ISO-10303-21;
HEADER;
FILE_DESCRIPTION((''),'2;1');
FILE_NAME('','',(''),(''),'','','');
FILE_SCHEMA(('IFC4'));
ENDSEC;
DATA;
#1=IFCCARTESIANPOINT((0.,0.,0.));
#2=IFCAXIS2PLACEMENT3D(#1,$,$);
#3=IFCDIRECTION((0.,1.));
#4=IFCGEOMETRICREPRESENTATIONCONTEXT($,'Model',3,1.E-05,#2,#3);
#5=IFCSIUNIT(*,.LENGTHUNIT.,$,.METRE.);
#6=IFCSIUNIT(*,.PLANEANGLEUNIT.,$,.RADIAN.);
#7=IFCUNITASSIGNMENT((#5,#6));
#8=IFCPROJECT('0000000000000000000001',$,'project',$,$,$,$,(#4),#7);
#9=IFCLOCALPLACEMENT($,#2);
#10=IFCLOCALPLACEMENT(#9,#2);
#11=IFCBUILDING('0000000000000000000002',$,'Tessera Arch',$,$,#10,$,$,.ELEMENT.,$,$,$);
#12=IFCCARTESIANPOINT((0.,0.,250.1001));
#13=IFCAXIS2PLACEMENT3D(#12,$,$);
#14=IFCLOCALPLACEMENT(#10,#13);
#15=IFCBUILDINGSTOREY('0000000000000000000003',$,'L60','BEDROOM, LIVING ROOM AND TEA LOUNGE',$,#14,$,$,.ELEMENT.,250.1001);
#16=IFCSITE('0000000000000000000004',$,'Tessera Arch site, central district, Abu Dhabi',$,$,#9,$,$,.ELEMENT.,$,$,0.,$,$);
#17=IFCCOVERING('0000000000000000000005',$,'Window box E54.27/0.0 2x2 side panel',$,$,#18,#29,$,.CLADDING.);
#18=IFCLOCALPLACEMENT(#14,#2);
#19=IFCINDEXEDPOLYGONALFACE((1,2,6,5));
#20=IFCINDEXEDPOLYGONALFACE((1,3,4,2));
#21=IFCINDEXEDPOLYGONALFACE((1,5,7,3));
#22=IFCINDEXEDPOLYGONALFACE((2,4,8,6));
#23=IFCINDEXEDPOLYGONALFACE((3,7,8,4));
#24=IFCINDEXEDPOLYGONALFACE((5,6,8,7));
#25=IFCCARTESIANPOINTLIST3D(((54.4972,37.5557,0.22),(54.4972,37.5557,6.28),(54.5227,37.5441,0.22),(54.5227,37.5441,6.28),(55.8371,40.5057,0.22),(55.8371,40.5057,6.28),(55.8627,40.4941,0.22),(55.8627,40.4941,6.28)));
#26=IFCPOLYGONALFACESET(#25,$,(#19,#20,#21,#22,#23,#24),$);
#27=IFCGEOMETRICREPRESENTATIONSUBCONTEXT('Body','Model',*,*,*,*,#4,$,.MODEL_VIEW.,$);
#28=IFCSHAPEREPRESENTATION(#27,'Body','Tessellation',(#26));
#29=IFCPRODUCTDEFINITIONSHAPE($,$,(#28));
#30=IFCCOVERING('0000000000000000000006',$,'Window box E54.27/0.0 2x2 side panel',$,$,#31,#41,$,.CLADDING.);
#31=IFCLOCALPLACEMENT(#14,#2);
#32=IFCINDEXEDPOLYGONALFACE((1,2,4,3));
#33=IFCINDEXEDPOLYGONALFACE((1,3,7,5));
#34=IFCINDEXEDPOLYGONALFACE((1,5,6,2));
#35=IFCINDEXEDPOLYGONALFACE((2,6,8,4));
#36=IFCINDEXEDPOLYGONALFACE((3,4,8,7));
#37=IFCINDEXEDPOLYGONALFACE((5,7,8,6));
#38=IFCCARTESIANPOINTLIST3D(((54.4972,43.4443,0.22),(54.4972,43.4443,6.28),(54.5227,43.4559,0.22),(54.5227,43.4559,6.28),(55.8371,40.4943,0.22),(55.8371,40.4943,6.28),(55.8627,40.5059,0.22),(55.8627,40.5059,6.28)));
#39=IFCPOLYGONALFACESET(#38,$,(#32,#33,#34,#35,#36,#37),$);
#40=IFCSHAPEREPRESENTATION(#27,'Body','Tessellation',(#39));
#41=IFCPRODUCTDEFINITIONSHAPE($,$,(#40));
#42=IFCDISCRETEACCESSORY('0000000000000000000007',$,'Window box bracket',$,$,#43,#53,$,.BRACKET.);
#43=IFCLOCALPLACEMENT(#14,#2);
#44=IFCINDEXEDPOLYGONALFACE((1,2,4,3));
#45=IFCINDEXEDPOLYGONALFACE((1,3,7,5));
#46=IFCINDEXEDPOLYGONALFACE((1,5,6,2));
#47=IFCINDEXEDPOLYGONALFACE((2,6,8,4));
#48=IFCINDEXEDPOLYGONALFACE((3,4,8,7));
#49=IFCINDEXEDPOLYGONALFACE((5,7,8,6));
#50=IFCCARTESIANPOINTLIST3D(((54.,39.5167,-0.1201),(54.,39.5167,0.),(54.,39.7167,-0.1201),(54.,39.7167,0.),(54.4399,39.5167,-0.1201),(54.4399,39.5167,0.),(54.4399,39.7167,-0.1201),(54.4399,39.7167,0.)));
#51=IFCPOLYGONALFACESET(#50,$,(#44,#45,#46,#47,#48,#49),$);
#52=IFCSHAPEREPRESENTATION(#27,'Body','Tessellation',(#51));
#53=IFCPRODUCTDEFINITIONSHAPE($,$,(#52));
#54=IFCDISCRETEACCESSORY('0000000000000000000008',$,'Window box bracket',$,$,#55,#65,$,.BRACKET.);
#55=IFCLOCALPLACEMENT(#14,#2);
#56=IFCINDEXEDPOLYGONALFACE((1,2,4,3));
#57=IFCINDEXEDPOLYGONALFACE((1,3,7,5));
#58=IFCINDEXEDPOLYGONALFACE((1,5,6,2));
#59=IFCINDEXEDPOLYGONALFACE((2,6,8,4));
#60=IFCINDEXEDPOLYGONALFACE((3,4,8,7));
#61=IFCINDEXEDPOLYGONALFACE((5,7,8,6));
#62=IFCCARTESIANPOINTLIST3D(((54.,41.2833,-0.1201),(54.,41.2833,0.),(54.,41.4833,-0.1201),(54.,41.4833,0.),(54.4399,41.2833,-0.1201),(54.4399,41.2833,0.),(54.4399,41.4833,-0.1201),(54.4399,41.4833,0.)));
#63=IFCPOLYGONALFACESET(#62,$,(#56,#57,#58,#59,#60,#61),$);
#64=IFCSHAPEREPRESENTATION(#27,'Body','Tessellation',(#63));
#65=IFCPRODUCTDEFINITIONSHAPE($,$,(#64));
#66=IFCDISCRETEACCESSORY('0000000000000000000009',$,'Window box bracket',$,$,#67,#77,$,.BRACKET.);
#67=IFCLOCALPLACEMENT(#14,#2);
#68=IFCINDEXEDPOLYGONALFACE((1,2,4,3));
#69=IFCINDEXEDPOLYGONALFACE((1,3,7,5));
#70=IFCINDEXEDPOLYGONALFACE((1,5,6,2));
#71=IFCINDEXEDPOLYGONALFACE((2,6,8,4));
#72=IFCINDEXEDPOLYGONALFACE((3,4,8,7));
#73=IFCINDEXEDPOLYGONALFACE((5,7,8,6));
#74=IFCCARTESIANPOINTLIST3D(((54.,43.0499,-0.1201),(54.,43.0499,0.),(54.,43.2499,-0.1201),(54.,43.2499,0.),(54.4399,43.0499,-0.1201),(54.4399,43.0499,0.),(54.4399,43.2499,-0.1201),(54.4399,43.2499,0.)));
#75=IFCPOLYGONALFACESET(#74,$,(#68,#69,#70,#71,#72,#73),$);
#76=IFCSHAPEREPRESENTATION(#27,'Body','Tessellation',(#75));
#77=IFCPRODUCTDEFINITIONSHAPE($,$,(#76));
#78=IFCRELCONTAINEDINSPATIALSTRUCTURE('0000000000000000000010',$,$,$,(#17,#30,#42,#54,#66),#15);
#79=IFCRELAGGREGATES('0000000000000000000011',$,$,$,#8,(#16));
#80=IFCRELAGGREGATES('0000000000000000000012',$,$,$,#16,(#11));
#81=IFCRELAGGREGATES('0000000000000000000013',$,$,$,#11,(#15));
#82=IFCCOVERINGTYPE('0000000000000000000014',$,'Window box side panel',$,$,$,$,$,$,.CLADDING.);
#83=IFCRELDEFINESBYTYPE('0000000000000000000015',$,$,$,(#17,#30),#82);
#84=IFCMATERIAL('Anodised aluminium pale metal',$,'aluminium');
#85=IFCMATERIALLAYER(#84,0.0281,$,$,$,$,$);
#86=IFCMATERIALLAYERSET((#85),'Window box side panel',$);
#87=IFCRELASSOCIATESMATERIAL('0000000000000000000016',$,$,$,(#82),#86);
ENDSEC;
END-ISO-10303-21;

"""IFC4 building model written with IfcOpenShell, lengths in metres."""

from ifc_helpers import new_model, si_unit, direction, frame, origin, origin_2d, place, context, subcontext, project, spatial, rectangle, extrude, material, layer, layer_set, type_object, element, save


model = new_model("IFC4")

# Units and contexts
model_context = context("Model", 3, precision=1e-05, world=origin(), true_north=direction((0.0, 1.0)))
body_context = subcontext(model_context, "Body", "Model", "MODEL_VIEW")
ifc_project = project(units=[si_unit("LENGTHUNIT", "METRE"), si_unit("PLANEANGLEUNIT", "RADIAN")], contexts=[model_context])

# Site, building, storey
site_placement = place(None, origin())
site = spatial("IfcSite", under=ifc_project, at=site_placement, Name="Tessera Arch site, central district, Abu Dhabi", CompositionType="ELEMENT", RefElevation=0.0)
building_placement = place(site_placement, origin())
building = spatial("IfcBuilding", under=site, at=building_placement, Name="Tessera Arch", CompositionType="ELEMENT")
storey_placement = place(building_placement, frame((0.0, 0.0, 250.1001)))
storey = spatial("IfcBuildingStorey", under=building, at=storey_placement, Name="L60", Description="BEDROOM, LIVING ROOM AND TEA LOUNGE", CompositionType="ELEMENT", Elevation=250.1001)

# Coverings
ifc_material_1 = material(Name="Anodised aluminium pale metal", Category="aluminium")
ifc_layer_1 = layer(ifc_material_1, 0.0281)
ifc_layer_set_1 = layer_set([ifc_layer_1], Name="Window box side panel")
covering_type = type_object("IfcCoveringType", Name="Window box side panel", PredefinedType="CLADDING", material=ifc_layer_set_1)
for number, where, z_axis, x_axis, name in (
    (1, (55.1799, 39.0249, 0.22), (0.0, 0.0, 1.0), (0.41357, 0.910472, 0.0), "Window box E54.27/0.0 2x2 side panel"),
    (2, (55.1799, 41.9751, 0.22), (0.0, 0.0, 1.0), (0.41357, -0.910472, 0.0), "Window box E54.27/0.0 2x2 side panel"),
):
    element("IfcCovering", number, at=place(storey_placement, frame(where, z_axis=z_axis, x_axis=x_axis)), inside=storey, type_object=covering_type, Name=name, PredefinedType="CLADDING", context=body_context, shape_type="SweptSolid", body=[
        extrude(rectangle(XDim=3.24, YDim=0.0281, at=origin_2d()), origin(), (0.0, 0.0, 1.0), 6.0601),
    ])

# Discrete accessories
for number, where, z_axis, x_axis, name in (
    (3, (54.22, 39.6167, -0.1201), (0.0, 0.0, 1.0), (1.0, 0.0, 0.0), "Window box bracket"),
    (4, (54.22, 41.3833, -0.1201), (0.0, 0.0, 1.0), (1.0, 0.0, 0.0), "Window box bracket"),
    (5, (54.22, 43.1499, -0.1201), (0.0, 0.0, 1.0), (1.0, 0.0, 0.0), "Window box bracket"),
):
    element("IfcDiscreteAccessory", number, at=place(storey_placement, frame(where, z_axis=z_axis, x_axis=x_axis)), inside=storey, Name=name, PredefinedType="BRACKET", context=body_context, shape_type="SweptSolid", body=[
        extrude(rectangle(XDim=0.4399, YDim=0.2, at=origin_2d()), origin(), (0.0, 0.0, 1.0), 0.1201),
    ])

save(model, "model.ifc")
